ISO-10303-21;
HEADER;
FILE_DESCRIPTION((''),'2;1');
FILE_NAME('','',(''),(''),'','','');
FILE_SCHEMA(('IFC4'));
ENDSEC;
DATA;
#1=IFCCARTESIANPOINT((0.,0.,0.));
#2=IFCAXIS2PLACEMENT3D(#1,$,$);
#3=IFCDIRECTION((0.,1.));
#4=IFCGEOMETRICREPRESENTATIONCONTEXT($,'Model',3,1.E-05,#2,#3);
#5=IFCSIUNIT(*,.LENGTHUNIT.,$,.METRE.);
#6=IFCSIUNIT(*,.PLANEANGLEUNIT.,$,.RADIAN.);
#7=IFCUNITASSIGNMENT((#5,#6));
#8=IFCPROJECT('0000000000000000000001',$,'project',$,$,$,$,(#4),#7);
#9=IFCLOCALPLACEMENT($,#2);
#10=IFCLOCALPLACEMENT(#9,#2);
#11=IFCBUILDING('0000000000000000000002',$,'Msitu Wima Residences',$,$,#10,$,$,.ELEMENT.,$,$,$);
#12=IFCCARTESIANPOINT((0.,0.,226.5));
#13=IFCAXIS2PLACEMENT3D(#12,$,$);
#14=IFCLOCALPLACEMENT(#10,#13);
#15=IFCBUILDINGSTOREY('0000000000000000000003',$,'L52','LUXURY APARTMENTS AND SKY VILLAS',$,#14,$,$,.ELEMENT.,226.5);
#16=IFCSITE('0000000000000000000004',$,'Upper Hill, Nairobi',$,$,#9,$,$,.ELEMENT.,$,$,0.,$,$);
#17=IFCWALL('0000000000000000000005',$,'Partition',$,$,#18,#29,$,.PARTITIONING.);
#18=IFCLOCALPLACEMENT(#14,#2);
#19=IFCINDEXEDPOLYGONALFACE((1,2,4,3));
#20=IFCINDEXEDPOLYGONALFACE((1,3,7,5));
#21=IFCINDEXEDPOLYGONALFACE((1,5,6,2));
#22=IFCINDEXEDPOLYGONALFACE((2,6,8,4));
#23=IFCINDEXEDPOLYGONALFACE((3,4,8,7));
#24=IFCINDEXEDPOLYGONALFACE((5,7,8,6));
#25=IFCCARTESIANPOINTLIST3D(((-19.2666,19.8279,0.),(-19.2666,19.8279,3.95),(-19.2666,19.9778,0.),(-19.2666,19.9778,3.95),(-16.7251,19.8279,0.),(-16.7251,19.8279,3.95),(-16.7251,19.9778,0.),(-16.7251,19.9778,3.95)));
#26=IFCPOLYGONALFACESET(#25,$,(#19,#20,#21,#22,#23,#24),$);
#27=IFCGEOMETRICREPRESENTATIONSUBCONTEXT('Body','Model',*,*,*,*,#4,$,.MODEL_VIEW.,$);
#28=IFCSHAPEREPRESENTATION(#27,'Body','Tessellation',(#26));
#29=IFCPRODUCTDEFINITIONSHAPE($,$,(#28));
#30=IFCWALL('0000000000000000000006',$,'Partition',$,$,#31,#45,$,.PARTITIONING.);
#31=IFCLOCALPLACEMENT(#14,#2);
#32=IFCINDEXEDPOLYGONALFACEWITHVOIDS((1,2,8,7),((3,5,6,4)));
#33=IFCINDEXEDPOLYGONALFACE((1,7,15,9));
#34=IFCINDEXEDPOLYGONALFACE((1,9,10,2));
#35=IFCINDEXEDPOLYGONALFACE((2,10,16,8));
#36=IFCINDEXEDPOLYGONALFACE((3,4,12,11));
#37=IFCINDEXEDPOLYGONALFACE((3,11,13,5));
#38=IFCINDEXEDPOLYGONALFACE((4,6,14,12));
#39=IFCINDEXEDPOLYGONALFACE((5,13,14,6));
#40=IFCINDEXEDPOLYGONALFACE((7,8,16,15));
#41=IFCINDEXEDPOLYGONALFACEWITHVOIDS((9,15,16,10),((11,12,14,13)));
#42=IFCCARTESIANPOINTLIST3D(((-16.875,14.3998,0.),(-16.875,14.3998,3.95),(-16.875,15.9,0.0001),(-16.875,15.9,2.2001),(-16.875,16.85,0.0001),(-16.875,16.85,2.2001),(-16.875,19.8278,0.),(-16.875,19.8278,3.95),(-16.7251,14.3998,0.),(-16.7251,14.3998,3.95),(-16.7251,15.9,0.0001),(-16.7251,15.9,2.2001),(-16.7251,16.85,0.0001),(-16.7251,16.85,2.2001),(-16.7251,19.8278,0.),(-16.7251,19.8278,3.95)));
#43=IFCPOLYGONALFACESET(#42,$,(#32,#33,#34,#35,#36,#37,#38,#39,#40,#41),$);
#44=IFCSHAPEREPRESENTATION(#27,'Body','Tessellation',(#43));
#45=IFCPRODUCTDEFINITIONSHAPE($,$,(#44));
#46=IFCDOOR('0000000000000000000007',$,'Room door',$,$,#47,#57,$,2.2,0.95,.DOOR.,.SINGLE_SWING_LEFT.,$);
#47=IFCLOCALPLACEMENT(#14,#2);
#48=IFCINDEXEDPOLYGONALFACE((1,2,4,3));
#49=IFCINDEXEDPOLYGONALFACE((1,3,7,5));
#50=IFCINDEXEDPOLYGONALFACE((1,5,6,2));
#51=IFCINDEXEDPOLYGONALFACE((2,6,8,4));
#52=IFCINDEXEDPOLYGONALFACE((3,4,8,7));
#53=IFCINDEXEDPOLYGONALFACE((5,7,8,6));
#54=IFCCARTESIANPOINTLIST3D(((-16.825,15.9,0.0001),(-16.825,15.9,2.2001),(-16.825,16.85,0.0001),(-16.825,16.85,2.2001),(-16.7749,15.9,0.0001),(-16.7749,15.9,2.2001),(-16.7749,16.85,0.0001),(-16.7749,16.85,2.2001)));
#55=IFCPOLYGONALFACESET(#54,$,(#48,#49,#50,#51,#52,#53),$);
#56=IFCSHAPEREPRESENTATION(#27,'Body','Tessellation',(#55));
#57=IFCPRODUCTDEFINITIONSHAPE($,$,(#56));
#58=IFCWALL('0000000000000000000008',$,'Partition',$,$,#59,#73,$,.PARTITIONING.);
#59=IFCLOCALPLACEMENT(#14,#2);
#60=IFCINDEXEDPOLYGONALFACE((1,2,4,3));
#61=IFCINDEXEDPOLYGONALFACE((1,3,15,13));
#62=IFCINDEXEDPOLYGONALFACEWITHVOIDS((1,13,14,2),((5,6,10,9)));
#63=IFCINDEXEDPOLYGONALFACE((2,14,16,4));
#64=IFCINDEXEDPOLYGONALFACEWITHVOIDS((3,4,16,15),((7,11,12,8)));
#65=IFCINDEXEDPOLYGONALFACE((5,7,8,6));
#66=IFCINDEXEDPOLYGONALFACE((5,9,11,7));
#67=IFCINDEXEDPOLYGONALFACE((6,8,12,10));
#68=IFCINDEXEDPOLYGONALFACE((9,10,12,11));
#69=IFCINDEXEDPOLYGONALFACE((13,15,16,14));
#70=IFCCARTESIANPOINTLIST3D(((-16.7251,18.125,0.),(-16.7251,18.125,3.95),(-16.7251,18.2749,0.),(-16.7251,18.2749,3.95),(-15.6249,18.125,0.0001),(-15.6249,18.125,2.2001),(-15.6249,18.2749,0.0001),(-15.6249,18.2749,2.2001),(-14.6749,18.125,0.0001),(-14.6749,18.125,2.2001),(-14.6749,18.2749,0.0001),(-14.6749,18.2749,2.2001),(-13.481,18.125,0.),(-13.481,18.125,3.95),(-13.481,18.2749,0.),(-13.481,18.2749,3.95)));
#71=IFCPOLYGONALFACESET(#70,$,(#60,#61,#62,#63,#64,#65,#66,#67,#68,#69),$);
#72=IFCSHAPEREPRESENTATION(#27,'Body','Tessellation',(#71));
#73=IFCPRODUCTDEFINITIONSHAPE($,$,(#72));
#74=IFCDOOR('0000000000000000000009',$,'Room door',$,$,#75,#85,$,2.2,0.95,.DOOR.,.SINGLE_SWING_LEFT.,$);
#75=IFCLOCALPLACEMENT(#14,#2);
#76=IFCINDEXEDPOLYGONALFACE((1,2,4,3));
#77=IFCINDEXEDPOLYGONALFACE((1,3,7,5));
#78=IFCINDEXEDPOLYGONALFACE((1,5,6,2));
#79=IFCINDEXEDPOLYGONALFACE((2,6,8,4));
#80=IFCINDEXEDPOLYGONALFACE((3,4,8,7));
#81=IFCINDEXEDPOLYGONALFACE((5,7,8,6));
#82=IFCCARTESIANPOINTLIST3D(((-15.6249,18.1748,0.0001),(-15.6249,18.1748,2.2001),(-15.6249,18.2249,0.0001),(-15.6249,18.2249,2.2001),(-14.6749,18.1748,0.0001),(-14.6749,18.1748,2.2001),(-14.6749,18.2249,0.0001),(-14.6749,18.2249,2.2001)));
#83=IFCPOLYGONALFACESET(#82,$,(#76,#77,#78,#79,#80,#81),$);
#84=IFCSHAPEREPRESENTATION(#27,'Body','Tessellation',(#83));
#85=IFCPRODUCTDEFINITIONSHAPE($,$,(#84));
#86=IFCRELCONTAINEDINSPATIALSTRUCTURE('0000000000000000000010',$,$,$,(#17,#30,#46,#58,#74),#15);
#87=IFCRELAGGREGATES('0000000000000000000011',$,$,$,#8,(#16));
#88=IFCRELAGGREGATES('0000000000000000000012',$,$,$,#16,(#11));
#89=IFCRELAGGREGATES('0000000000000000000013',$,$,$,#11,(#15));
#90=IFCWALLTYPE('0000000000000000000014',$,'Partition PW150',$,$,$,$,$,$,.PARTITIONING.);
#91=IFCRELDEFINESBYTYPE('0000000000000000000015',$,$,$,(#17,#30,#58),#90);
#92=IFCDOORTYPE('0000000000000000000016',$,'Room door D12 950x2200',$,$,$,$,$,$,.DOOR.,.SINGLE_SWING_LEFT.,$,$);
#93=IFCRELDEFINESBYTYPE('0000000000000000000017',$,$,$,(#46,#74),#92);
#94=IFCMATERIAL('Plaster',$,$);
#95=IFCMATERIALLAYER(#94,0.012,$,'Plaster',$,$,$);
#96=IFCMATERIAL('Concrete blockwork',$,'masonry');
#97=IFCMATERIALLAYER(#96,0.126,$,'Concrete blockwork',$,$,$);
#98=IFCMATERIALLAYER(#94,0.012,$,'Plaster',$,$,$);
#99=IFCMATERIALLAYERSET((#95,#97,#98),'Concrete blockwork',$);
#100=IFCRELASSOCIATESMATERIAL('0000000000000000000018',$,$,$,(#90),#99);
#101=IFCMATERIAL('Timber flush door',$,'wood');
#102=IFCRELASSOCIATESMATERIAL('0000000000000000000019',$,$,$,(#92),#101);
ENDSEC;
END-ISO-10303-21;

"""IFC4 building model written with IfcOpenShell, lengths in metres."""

from ifc_helpers import new_model, si_unit, direction, frame, frame_2d, origin, place, context, subcontext, project, spatial, rectangle, extrude, material, layer, layer_set, type_object, element, fill, save


model = new_model("IFC4")

# Units and contexts
model_context = context("Model", 3, precision=1e-05, world=origin(), true_north=direction((0.0, 1.0)))
body_context = subcontext(model_context, "Body", "Model", "MODEL_VIEW")
ifc_project = project(units=[si_unit("LENGTHUNIT", "METRE"), si_unit("PLANEANGLEUNIT", "RADIAN")], contexts=[model_context])

# Site, building, storey
site_placement = place(None, origin())
site = spatial("IfcSite", under=ifc_project, at=site_placement, Name="Upper Hill, Nairobi", CompositionType="ELEMENT", RefElevation=0.0)
building_placement = place(site_placement, origin())
building = spatial("IfcBuilding", under=site, at=building_placement, Name="Msitu Wima Residences", CompositionType="ELEMENT")
storey_placement = place(building_placement, frame((0.0, 0.0, 226.5)))
storey = spatial("IfcBuildingStorey", under=building, at=storey_placement, Name="L52", Description="LUXURY APARTMENTS AND SKY VILLAS", CompositionType="ELEMENT", Elevation=226.5)

# Shared definitions
ifc_material_1 = material(Name="Plaster")
ifc_layer_1 = layer(ifc_material_1, 0.012, Name="Plaster")
ifc_material_2 = material(Name="Concrete blockwork", Category="masonry")
ifc_layer_2 = layer(ifc_material_2, 0.126, Name="Concrete blockwork")
ifc_layer_3 = layer(ifc_material_1, 0.012, Name="Plaster")
ifc_layer_set_1 = layer_set([ifc_layer_1, ifc_layer_2, ifc_layer_3], Name="Concrete blockwork")
wall_type_1 = type_object("IfcWallType", Name="Partition PW150", PredefinedType="PARTITIONING", material=ifc_layer_set_1)

# Shared definitions
ifc_material_3 = material(Name="Timber flush door", Category="wood")
door_type_1 = type_object("IfcDoorType", Name="Room door D12 950x2200", OperationType="SINGLE_SWING_LEFT", PredefinedType="DOOR", material=ifc_material_3)

# Wall
wall_1_placement = place(storey_placement, frame((-19.2666, 19.9028, 0.0), z_axis=(0.0, 0.0, 1.0), x_axis=(1.0, 0.0, 0.0)))
element("IfcWall", 1, at=wall_1_placement, inside=storey, type_object=wall_type_1, Name="Partition", PredefinedType="PARTITIONING", context=body_context, shape_type="SweptSolid", body=[
    extrude(rectangle(XDim=2.5415, YDim=0.1499, at=frame_2d((1.2708, 0.0))), origin(), (0.0, 0.0, 1.0), 3.95),
])

# Walls, openings, doors
wall_2_placement = place(storey_placement, frame((-16.8, 14.3999, 0.0), z_axis=(0.0, 0.0, 1.0), x_axis=(0.0, 1.0, 0.0)))
wall_2 = element("IfcWall", 2, at=wall_2_placement, inside=storey, type_object=wall_type_1, Name="Partition", PredefinedType="PARTITIONING", context=body_context, shape_type="SweptSolid", body=[
    extrude(rectangle(XDim=5.428, YDim=0.1499, at=frame_2d((2.7139, 0.0))), origin(), (0.0, 0.0, 1.0), 3.95),
])
opening_1_placement = place(wall_2_placement, frame((1.5, 0.0, 0.0)))
opening_1 = element("IfcOpeningElement", 3, at=opening_1_placement, cuts=wall_2, PredefinedType="OPENING", context=body_context, shape_type="SweptSolid", body=[
    extrude(rectangle(XDim=0.95, YDim=2.2, at=frame_2d((0.4751, 1.1001))), frame((0.0, 0.085, 0.0), z_axis=(0.0, -1.0, 0.0), x_axis=(1.0, 0.0, 0.0)), (0.0, 0.0, 1.0), 0.1699),
])
door_1_placement = place(opening_1_placement, origin())
door_1 = element("IfcDoor", 4, at=door_1_placement, inside=storey, type_object=door_type_1, Name="Room door", OperationType="SINGLE_SWING_LEFT", OverallHeight=2.2, OverallWidth=0.95, PredefinedType="DOOR", context=body_context, shape_type="SweptSolid", body=[
    extrude(rectangle(XDim=0.95, YDim=2.2, at=frame_2d((0.4751, 1.1001))), frame((0.0, 0.0249, 0.0), z_axis=(0.0, -1.0, 0.0), x_axis=(1.0, 0.0, 0.0)), (0.0, 0.0, 1.0), 0.05),
])
fill(opening_1, door_1)
wall_3_placement = place(storey_placement, frame((-16.7251, 18.2, 0.0), z_axis=(0.0, 0.0, 1.0), x_axis=(1.0, 0.0, 0.0)))
wall_3 = element("IfcWall", 5, at=wall_3_placement, inside=storey, type_object=wall_type_1, Name="Partition", PredefinedType="PARTITIONING", context=body_context, shape_type="SweptSolid", body=[
    extrude(rectangle(XDim=3.2441, YDim=0.1499, at=frame_2d((1.6221, 0.0))), origin(), (0.0, 0.0, 1.0), 3.95),
])
opening_2_placement = place(wall_3_placement, frame((1.1001, 0.0, 0.0)))
opening_2 = element("IfcOpeningElement", 6, at=opening_2_placement, cuts=wall_3, PredefinedType="OPENING", context=body_context, shape_type="SweptSolid", body=[
    extrude(rectangle(XDim=0.95, YDim=2.2, at=frame_2d((0.4751, 1.1001))), frame((0.0, 0.085, 0.0), z_axis=(0.0, -1.0, 0.0), x_axis=(1.0, 0.0, 0.0)), (0.0, 0.0, 1.0), 0.1699),
])
door_2_placement = place(opening_2_placement, origin())
door_2 = element("IfcDoor", 7, at=door_2_placement, inside=storey, type_object=door_type_1, Name="Room door", OperationType="SINGLE_SWING_LEFT", OverallHeight=2.2, OverallWidth=0.95, PredefinedType="DOOR", context=body_context, shape_type="SweptSolid", body=[
    extrude(rectangle(XDim=0.95, YDim=2.2, at=frame_2d((0.4751, 1.1001))), frame((0.0, 0.0249, 0.0), z_axis=(0.0, -1.0, 0.0), x_axis=(1.0, 0.0, 0.0)), (0.0, 0.0, 1.0), 0.05),
])
fill(opening_2, door_2)

save(model, "model.ifc")
